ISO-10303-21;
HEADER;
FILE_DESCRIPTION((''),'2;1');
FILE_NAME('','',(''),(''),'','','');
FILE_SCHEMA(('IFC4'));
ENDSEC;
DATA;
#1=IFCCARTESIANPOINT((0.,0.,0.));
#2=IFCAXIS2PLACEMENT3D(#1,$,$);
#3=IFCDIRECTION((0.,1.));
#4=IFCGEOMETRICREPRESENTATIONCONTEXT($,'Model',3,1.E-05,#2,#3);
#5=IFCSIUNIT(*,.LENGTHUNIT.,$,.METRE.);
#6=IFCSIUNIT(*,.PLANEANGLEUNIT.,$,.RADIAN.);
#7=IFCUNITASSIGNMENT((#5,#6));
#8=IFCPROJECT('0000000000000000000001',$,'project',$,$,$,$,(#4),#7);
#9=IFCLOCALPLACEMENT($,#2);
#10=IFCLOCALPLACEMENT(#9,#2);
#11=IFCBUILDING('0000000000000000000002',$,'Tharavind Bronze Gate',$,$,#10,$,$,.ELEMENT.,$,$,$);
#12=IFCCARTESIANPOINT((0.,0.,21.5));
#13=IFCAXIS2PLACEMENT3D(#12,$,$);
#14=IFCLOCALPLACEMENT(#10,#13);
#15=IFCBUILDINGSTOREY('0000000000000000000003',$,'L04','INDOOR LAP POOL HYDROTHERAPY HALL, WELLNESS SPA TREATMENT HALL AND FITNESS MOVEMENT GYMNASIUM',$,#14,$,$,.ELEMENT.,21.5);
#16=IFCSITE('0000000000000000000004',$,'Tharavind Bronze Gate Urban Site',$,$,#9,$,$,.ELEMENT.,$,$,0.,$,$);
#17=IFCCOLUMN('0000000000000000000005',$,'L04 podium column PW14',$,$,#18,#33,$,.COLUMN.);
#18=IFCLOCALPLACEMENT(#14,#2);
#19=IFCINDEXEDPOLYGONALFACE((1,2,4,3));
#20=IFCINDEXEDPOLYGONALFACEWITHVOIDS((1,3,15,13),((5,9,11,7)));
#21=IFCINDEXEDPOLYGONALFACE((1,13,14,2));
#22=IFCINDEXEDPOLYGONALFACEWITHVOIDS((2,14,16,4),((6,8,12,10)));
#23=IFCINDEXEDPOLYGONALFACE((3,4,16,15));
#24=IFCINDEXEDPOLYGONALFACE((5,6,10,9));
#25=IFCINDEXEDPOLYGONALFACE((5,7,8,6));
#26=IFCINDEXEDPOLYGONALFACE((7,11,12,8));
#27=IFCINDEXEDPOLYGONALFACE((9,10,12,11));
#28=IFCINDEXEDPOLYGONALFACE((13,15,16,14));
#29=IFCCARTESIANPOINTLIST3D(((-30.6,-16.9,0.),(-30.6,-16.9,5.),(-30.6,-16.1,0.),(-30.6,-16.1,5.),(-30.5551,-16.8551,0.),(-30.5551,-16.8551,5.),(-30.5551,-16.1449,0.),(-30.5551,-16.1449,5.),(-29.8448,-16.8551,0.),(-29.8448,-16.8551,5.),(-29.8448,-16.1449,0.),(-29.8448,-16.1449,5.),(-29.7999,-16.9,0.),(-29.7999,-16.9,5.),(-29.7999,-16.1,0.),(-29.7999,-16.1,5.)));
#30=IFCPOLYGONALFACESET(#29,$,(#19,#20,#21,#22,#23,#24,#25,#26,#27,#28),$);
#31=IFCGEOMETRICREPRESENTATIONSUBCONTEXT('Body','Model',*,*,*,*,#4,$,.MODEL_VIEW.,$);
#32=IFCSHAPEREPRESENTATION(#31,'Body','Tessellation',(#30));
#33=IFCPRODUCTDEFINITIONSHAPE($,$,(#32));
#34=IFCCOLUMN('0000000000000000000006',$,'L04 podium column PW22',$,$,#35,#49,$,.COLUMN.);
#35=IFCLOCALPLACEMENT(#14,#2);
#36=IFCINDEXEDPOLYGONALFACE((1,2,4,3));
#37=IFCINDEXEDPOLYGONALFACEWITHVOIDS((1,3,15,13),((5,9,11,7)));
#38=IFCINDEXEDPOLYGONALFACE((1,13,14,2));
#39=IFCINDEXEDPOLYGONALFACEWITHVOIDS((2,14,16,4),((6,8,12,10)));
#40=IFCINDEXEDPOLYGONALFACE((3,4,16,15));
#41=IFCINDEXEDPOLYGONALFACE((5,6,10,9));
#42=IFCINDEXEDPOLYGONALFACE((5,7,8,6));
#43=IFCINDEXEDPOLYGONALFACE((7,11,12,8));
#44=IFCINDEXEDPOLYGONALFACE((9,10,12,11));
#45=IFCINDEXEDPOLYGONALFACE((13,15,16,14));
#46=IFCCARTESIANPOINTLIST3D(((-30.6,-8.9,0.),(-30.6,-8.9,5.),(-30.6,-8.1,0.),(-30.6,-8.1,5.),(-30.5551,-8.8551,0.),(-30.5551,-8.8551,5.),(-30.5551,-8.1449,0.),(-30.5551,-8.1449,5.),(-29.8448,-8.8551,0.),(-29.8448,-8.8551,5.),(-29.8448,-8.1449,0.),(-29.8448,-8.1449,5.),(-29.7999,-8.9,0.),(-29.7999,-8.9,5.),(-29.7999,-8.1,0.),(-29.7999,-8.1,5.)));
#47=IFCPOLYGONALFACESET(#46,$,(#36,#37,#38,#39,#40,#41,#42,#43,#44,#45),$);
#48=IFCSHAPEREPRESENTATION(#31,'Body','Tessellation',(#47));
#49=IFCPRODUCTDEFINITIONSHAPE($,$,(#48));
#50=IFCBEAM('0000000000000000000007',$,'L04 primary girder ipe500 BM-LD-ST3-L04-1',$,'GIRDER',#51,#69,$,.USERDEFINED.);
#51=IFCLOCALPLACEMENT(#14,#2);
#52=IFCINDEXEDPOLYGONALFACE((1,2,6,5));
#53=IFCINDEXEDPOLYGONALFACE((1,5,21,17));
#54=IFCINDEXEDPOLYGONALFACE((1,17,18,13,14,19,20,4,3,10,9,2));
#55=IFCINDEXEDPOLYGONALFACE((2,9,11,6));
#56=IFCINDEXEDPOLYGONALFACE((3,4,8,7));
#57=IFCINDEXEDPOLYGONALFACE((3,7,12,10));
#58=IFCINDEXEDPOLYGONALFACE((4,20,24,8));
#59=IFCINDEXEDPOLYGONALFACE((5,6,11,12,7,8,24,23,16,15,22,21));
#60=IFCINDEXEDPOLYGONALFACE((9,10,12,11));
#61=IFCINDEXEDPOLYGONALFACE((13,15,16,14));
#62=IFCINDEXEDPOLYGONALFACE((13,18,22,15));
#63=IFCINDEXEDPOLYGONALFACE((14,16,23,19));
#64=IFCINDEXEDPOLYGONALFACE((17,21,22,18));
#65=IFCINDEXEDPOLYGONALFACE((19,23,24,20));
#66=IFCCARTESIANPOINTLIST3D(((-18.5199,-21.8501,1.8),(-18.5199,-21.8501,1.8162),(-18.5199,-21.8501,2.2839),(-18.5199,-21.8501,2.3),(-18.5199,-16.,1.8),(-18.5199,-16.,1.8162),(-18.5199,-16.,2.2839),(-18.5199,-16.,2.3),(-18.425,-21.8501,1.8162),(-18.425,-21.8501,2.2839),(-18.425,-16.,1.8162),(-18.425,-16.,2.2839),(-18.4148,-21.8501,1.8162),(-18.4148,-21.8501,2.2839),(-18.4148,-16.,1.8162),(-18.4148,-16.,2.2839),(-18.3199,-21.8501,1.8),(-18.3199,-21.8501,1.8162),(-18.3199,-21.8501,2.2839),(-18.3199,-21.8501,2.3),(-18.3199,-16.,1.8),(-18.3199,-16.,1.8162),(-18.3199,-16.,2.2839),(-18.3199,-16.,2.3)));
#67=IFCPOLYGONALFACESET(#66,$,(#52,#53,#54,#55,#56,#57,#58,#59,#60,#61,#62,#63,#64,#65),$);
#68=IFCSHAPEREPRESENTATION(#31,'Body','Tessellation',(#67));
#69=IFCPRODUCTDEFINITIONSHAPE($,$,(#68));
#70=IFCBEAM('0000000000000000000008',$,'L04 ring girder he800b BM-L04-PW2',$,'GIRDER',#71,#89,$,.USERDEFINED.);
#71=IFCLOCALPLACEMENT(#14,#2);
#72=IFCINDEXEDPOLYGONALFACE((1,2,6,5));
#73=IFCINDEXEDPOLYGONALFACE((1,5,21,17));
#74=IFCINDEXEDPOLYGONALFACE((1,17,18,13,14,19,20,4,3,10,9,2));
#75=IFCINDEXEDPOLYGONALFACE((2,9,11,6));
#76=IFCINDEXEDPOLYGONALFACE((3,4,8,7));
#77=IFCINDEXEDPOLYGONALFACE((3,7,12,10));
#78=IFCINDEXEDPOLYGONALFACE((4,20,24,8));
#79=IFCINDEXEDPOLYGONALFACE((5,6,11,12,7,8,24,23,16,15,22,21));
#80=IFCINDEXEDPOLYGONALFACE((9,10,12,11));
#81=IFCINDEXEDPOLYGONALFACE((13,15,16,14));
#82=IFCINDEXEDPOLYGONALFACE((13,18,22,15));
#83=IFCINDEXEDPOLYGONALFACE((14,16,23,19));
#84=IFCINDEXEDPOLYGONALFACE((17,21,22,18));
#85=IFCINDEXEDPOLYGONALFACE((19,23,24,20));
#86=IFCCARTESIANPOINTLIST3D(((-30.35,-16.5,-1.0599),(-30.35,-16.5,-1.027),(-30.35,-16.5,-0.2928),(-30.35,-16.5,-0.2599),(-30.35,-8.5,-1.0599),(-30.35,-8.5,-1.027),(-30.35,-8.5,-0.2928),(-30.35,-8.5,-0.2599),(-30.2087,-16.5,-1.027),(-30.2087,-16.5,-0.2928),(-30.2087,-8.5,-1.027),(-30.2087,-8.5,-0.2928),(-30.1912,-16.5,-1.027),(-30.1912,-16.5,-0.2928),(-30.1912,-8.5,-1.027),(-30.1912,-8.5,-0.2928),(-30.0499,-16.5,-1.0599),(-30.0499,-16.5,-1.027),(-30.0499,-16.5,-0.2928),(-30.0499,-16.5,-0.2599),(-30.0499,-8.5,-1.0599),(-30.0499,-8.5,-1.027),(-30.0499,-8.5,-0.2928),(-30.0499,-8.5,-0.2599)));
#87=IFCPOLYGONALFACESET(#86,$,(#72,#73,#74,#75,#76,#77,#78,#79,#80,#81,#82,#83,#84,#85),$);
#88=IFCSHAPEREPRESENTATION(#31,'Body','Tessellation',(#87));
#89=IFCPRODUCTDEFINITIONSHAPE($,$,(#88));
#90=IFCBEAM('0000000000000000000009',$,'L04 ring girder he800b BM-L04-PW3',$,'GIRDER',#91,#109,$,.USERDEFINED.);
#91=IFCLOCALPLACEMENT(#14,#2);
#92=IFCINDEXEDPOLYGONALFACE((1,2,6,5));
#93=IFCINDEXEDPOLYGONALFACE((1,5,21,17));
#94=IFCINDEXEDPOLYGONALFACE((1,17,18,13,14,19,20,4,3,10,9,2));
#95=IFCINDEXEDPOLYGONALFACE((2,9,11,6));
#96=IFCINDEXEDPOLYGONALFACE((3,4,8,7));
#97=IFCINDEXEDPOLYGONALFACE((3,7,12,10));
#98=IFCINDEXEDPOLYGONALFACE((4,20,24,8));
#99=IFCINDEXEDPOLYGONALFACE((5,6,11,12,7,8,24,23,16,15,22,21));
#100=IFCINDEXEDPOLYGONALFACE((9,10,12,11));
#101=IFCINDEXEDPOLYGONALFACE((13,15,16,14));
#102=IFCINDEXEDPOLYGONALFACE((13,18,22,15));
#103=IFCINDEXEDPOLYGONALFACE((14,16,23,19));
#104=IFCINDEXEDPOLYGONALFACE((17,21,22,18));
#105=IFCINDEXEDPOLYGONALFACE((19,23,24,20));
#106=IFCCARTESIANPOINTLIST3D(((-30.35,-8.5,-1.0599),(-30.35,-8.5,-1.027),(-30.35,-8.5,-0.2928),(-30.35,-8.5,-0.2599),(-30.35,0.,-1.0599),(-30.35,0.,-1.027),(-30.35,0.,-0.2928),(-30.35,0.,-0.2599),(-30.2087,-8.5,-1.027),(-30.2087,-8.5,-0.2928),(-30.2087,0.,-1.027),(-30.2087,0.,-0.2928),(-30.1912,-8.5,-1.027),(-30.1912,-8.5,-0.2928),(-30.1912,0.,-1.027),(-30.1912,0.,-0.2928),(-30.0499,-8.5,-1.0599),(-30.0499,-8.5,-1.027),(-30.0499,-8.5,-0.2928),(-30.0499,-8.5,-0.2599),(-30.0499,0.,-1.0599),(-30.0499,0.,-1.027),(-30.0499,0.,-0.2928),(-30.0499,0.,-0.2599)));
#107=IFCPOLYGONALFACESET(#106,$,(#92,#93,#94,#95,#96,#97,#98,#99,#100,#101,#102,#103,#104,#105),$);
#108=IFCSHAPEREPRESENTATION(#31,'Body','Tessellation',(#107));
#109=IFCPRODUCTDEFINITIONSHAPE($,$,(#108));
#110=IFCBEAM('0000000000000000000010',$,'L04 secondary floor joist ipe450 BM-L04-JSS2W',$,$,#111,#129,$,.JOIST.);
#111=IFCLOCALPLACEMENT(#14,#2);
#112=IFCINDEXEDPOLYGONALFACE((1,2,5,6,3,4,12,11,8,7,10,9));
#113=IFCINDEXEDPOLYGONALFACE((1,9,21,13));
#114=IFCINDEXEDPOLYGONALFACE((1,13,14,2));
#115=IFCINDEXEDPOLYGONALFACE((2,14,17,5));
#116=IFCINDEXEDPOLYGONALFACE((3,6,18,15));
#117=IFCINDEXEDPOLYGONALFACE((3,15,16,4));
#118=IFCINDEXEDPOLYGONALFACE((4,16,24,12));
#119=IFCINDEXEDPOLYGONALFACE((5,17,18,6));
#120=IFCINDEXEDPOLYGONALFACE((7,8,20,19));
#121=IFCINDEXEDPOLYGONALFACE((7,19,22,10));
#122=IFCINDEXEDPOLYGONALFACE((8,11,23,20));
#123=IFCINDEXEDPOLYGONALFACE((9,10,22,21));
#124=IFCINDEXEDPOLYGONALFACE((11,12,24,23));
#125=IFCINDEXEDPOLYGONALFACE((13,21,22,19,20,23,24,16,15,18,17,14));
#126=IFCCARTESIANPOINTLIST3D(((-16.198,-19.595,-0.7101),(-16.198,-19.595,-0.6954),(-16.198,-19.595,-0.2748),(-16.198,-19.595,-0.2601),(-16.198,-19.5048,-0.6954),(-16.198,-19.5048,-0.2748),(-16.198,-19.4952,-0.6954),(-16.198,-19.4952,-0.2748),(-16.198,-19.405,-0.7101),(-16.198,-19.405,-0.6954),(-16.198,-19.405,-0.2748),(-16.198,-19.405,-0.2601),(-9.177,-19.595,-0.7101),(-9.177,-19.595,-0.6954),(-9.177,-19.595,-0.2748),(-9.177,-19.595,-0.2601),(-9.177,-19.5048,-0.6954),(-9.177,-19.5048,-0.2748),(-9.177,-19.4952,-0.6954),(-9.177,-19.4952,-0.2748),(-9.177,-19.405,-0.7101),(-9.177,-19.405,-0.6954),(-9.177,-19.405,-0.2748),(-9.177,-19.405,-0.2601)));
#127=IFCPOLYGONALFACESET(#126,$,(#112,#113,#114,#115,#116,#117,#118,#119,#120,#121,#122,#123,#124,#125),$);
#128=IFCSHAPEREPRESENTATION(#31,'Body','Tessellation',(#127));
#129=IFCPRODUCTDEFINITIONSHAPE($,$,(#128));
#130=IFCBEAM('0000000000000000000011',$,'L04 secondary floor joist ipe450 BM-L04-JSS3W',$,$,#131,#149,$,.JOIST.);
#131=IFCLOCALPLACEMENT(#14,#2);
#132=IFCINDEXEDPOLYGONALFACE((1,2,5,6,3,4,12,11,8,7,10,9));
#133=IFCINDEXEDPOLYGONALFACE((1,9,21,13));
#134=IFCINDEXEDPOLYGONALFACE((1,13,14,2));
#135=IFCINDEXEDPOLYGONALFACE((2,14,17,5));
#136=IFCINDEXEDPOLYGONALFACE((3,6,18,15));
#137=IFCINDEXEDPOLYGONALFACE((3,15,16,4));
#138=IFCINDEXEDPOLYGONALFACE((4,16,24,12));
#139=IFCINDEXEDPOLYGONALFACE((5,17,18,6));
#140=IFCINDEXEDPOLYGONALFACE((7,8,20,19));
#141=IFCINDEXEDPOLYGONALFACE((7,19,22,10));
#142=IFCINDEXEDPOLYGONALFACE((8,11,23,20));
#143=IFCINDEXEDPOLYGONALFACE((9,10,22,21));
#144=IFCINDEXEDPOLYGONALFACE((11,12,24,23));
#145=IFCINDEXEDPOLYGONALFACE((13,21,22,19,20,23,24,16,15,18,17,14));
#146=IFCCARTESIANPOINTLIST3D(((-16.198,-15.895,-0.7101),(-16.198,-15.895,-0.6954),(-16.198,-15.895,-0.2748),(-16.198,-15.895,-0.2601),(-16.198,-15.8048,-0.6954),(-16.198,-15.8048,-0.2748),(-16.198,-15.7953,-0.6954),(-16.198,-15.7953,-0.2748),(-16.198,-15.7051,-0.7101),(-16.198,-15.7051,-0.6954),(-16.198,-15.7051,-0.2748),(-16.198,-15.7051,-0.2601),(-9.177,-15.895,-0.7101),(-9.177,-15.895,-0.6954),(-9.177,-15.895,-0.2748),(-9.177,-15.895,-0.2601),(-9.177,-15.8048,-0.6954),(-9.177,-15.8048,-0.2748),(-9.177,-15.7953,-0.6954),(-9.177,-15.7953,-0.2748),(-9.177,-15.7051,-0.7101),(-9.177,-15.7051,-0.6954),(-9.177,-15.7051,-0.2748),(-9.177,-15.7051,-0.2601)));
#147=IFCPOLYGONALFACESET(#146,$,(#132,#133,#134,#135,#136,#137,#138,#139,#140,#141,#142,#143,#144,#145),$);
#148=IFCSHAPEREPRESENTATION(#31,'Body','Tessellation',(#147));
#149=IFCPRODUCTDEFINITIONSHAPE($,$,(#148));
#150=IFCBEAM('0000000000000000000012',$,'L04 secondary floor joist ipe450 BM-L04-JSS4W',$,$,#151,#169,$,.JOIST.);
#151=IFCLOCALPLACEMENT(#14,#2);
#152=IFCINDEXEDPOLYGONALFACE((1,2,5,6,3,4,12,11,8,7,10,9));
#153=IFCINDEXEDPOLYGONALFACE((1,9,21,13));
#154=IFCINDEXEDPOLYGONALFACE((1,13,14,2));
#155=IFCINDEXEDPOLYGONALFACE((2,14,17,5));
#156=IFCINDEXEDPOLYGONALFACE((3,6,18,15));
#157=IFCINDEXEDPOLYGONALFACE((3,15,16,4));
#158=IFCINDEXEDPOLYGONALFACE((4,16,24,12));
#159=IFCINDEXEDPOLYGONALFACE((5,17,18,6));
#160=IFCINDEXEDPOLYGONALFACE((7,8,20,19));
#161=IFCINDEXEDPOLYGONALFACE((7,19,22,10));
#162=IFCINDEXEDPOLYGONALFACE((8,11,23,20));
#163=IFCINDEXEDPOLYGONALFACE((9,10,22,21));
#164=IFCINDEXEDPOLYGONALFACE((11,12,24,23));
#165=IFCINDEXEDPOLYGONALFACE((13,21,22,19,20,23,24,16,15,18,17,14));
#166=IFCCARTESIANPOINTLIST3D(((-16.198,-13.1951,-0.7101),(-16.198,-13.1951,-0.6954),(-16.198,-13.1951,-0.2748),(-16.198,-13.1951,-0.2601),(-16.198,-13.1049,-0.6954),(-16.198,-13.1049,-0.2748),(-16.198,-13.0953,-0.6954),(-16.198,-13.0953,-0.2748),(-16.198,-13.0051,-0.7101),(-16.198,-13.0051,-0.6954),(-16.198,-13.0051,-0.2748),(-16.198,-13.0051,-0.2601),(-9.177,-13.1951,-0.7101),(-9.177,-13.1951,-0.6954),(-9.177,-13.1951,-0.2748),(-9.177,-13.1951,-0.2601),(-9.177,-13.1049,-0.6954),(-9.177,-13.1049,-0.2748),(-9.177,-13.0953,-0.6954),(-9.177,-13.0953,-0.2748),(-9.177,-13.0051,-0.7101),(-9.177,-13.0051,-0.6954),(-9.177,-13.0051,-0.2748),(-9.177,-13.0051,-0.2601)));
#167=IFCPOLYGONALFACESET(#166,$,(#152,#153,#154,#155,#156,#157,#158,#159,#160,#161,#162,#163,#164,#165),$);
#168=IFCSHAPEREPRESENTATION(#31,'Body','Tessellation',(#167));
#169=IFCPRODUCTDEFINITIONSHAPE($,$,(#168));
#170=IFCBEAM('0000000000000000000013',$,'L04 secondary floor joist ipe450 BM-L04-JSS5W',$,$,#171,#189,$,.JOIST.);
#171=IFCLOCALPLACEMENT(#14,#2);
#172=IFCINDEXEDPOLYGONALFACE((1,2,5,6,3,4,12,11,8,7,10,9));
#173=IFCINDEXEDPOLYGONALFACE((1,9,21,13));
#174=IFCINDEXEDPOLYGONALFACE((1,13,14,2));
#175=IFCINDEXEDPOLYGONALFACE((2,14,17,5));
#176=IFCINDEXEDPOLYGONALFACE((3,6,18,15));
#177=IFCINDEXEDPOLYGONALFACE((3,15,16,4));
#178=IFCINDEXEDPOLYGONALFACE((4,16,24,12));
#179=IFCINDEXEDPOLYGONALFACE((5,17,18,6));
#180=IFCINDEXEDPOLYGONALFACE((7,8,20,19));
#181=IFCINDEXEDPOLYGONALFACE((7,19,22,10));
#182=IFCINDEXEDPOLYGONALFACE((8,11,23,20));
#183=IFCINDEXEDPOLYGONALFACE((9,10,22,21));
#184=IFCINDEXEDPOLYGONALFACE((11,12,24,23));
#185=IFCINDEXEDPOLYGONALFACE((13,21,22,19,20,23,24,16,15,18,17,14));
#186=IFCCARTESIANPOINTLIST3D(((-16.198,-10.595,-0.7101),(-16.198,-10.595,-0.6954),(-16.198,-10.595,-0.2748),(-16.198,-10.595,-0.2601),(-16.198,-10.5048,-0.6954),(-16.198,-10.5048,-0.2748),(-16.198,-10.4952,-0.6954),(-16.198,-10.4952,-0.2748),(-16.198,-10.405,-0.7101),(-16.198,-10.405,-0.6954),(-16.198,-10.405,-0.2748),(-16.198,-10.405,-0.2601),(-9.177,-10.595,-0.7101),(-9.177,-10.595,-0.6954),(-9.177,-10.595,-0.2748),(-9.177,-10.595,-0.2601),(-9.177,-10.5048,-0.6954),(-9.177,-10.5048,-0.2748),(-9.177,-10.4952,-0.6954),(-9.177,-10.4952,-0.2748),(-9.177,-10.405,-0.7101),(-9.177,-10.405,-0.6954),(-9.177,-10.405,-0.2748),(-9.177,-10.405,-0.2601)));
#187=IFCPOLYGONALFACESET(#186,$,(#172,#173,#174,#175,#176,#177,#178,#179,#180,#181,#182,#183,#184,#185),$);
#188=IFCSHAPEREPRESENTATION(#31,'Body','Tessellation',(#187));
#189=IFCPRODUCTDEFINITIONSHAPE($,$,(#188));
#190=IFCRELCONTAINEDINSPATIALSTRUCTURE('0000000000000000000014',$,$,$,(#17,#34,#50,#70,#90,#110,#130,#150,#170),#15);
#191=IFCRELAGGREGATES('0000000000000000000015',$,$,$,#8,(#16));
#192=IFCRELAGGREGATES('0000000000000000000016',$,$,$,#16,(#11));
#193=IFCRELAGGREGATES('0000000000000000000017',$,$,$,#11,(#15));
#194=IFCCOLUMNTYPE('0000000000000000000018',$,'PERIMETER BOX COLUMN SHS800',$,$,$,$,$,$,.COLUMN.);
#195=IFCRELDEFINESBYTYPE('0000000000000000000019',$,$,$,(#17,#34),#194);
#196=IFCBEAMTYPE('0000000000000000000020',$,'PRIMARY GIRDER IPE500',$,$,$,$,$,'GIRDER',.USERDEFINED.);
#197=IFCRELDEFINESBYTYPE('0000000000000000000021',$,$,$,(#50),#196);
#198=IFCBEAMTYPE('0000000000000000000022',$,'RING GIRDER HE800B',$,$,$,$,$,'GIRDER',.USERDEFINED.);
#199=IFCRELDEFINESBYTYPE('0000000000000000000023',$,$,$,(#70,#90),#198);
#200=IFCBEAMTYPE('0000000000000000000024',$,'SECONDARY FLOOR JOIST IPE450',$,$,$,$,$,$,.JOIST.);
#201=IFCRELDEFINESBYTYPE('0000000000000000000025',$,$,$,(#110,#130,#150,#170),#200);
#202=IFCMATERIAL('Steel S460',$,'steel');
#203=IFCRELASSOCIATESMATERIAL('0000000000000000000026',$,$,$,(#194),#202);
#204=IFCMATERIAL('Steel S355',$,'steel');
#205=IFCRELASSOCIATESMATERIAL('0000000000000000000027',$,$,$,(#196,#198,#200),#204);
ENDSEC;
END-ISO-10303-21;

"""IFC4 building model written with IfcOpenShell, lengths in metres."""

from ifc_helpers import new_model, si_unit, direction, frame, origin, origin_2d, place, context, subcontext, project, spatial, hollow_rectangle, i_section, extrude, material, material_profile, profile_set, type_object, element, save


model = new_model("IFC4")

# Units and contexts
model_context = context("Model", 3, precision=1e-05, world=origin(), true_north=direction((0.0, 1.0)))
body_context = subcontext(model_context, "Body", "Model", "MODEL_VIEW")
ifc_project = project(units=[si_unit("LENGTHUNIT", "METRE"), si_unit("PLANEANGLEUNIT", "RADIAN")], contexts=[model_context])

# Site, building, storey
site_placement = place(None, origin())
site = spatial("IfcSite", under=ifc_project, at=site_placement, Name="Tharavind Bronze Gate Urban Site", CompositionType="ELEMENT", RefElevation=0.0)
building_placement = place(site_placement, origin())
building = spatial("IfcBuilding", under=site, at=building_placement, Name="Tharavind Bronze Gate", CompositionType="ELEMENT")
storey_placement = place(building_placement, frame((0.0, 0.0, 21.5)))
storey = spatial("IfcBuildingStorey", under=building, at=storey_placement, Name="L04", Description="INDOOR LAP POOL HYDROTHERAPY HALL, WELLNESS SPA TREATMENT HALL AND FITNESS MOVEMENT GYMNASIUM", CompositionType="ELEMENT", Elevation=21.5)

# Columns
ifc_material_1 = material(Name="Steel S460", Category="steel")
ifc_material_profile_1 = material_profile(ifc_material_1, hollow_rectangle(XDim=0.8, YDim=0.8, WallThickness=0.0449, at=origin_2d()), Name="SHS800X45")
ifc_profile_set_1 = profile_set([ifc_material_profile_1], Name="Steel S460")
column_type = type_object("IfcColumnType", Name="PERIMETER BOX COLUMN SHS800", PredefinedType="COLUMN", material=ifc_profile_set_1)
for number, where, z_axis, x_axis, name in (
    (1, (-30.2, -16.5, 0.0), (0.0, 0.0, 1.0), (1.0, 0.0, 0.0), "L04 podium column PW14"),
    (2, (-30.2, -8.5, 0.0), (0.0, 0.0, 1.0), (1.0, 0.0, 0.0), "L04 podium column PW22"),
):
    element("IfcColumn", number, at=place(storey_placement, frame(where, z_axis=z_axis, x_axis=x_axis)), inside=storey, type_object=column_type, Name=name, PredefinedType="COLUMN", context=body_context, shape_type="SweptSolid", body=[
        extrude(hollow_rectangle(XDim=0.8, YDim=0.8, WallThickness=0.0449, at=origin_2d()), origin(), (0.0, 0.0, 1.0), 5.0),
    ])

# Beams
ifc_material_2 = material(Name="Steel S355", Category="steel")
ifc_material_profile_2 = material_profile(ifc_material_2, i_section(OverallWidth=0.2, OverallDepth=0.5, WebThickness=0.0103, FlangeThickness=0.0161, at=origin_2d()), Name="IPE500")
ifc_profile_set_2 = profile_set([ifc_material_profile_2], Name="Steel S355")
beam_type_1 = type_object("IfcBeamType", Name="PRIMARY GIRDER IPE500", ElementType="GIRDER", PredefinedType="USERDEFINED", material=ifc_profile_set_2)
beam_1_placement = place(storey_placement, frame((-18.4199, -21.8501, 2.05), z_axis=(0.0, 1.0, 0.0), x_axis=(-1.0, 0.0, 0.0)))
element("IfcBeam", 3, at=beam_1_placement, inside=storey, type_object=beam_type_1, Name="L04 primary girder ipe500 BM-LD-ST3-L04-1", ObjectType="GIRDER", PredefinedType="USERDEFINED", context=body_context, shape_type="SweptSolid", body=[
    extrude(i_section(OverallWidth=0.2, OverallDepth=0.5, WebThickness=0.0103, FlangeThickness=0.0161, at=origin_2d()), origin(), (0.0, 0.0, 1.0), 5.8501),
])
ifc_material_profile_3 = material_profile(ifc_material_2, i_section(OverallWidth=0.3, OverallDepth=0.8, WebThickness=0.0176, FlangeThickness=0.033, at=origin_2d()), Name="HE800B")
ifc_profile_set_3 = profile_set([ifc_material_profile_3], Name="Steel S355")
beam_type_2 = type_object("IfcBeamType", Name="RING GIRDER HE800B", ElementType="GIRDER", PredefinedType="USERDEFINED", material=ifc_profile_set_3)
beam_2_placement = place(storey_placement, frame((-30.2, -16.5, -0.6599), z_axis=(0.0, 1.0, 0.0), x_axis=(-1.0, 0.0, 0.0)))
element("IfcBeam", 4, at=beam_2_placement, inside=storey, type_object=beam_type_2, Name="L04 ring girder he800b BM-L04-PW2", ObjectType="GIRDER", PredefinedType="USERDEFINED", context=body_context, shape_type="SweptSolid", body=[
    extrude(i_section(OverallWidth=0.3, OverallDepth=0.8, WebThickness=0.0176, FlangeThickness=0.033, at=origin_2d()), origin(), (0.0, 0.0, 1.0), 8.0),
])
beam_3_placement = place(storey_placement, frame((-30.2, -8.5, -0.6599), z_axis=(0.0, 1.0, 0.0), x_axis=(-1.0, 0.0, 0.0)))
element("IfcBeam", 5, at=beam_3_placement, inside=storey, type_object=beam_type_2, Name="L04 ring girder he800b BM-L04-PW3", ObjectType="GIRDER", PredefinedType="USERDEFINED", context=body_context, shape_type="SweptSolid", body=[
    extrude(i_section(OverallWidth=0.3, OverallDepth=0.8, WebThickness=0.0176, FlangeThickness=0.033, at=origin_2d()), origin(), (0.0, 0.0, 1.0), 8.5),
])
ifc_material_profile_4 = material_profile(ifc_material_2, i_section(OverallWidth=0.1899, OverallDepth=0.45, WebThickness=0.0095, FlangeThickness=0.0146, at=origin_2d()), Name="IPE450")
ifc_profile_set_4 = profile_set([ifc_material_profile_4], Name="Steel S355")
beam_type_3 = type_object("IfcBeamType", Name="SECONDARY FLOOR JOIST IPE450", PredefinedType="JOIST", material=ifc_profile_set_4)
for number, where, z_axis, x_axis, name in (
    (6, (-16.198, -19.5, -0.4851), (1.0, 0.0, 0.0), (0.0, 1.0, 0.0), "L04 secondary floor joist ipe450 BM-L04-JSS2W"),
    (7, (-16.198, -15.8, -0.4851), (1.0, 0.0, 0.0), (0.0, 1.0, 0.0), "L04 secondary floor joist ipe450 BM-L04-JSS3W"),
    (8, (-16.198, -13.1001, -0.4851), (1.0, 0.0, 0.0), (0.0, 1.0, 0.0), "L04 secondary floor joist ipe450 BM-L04-JSS4W"),
    (9, (-16.198, -10.5, -0.4851), (1.0, 0.0, 0.0), (0.0, 1.0, 0.0), "L04 secondary floor joist ipe450 BM-L04-JSS5W"),
):
    element("IfcBeam", number, at=place(storey_placement, frame(where, z_axis=z_axis, x_axis=x_axis)), inside=storey, type_object=beam_type_3, Name=name, PredefinedType="JOIST", context=body_context, shape_type="SweptSolid", body=[
        extrude(i_section(OverallWidth=0.1899, OverallDepth=0.45, WebThickness=0.0095, FlangeThickness=0.0146, at=origin_2d()), origin(), (0.0, 0.0, 1.0), 7.021),
    ])

save(model, "model.ifc")
